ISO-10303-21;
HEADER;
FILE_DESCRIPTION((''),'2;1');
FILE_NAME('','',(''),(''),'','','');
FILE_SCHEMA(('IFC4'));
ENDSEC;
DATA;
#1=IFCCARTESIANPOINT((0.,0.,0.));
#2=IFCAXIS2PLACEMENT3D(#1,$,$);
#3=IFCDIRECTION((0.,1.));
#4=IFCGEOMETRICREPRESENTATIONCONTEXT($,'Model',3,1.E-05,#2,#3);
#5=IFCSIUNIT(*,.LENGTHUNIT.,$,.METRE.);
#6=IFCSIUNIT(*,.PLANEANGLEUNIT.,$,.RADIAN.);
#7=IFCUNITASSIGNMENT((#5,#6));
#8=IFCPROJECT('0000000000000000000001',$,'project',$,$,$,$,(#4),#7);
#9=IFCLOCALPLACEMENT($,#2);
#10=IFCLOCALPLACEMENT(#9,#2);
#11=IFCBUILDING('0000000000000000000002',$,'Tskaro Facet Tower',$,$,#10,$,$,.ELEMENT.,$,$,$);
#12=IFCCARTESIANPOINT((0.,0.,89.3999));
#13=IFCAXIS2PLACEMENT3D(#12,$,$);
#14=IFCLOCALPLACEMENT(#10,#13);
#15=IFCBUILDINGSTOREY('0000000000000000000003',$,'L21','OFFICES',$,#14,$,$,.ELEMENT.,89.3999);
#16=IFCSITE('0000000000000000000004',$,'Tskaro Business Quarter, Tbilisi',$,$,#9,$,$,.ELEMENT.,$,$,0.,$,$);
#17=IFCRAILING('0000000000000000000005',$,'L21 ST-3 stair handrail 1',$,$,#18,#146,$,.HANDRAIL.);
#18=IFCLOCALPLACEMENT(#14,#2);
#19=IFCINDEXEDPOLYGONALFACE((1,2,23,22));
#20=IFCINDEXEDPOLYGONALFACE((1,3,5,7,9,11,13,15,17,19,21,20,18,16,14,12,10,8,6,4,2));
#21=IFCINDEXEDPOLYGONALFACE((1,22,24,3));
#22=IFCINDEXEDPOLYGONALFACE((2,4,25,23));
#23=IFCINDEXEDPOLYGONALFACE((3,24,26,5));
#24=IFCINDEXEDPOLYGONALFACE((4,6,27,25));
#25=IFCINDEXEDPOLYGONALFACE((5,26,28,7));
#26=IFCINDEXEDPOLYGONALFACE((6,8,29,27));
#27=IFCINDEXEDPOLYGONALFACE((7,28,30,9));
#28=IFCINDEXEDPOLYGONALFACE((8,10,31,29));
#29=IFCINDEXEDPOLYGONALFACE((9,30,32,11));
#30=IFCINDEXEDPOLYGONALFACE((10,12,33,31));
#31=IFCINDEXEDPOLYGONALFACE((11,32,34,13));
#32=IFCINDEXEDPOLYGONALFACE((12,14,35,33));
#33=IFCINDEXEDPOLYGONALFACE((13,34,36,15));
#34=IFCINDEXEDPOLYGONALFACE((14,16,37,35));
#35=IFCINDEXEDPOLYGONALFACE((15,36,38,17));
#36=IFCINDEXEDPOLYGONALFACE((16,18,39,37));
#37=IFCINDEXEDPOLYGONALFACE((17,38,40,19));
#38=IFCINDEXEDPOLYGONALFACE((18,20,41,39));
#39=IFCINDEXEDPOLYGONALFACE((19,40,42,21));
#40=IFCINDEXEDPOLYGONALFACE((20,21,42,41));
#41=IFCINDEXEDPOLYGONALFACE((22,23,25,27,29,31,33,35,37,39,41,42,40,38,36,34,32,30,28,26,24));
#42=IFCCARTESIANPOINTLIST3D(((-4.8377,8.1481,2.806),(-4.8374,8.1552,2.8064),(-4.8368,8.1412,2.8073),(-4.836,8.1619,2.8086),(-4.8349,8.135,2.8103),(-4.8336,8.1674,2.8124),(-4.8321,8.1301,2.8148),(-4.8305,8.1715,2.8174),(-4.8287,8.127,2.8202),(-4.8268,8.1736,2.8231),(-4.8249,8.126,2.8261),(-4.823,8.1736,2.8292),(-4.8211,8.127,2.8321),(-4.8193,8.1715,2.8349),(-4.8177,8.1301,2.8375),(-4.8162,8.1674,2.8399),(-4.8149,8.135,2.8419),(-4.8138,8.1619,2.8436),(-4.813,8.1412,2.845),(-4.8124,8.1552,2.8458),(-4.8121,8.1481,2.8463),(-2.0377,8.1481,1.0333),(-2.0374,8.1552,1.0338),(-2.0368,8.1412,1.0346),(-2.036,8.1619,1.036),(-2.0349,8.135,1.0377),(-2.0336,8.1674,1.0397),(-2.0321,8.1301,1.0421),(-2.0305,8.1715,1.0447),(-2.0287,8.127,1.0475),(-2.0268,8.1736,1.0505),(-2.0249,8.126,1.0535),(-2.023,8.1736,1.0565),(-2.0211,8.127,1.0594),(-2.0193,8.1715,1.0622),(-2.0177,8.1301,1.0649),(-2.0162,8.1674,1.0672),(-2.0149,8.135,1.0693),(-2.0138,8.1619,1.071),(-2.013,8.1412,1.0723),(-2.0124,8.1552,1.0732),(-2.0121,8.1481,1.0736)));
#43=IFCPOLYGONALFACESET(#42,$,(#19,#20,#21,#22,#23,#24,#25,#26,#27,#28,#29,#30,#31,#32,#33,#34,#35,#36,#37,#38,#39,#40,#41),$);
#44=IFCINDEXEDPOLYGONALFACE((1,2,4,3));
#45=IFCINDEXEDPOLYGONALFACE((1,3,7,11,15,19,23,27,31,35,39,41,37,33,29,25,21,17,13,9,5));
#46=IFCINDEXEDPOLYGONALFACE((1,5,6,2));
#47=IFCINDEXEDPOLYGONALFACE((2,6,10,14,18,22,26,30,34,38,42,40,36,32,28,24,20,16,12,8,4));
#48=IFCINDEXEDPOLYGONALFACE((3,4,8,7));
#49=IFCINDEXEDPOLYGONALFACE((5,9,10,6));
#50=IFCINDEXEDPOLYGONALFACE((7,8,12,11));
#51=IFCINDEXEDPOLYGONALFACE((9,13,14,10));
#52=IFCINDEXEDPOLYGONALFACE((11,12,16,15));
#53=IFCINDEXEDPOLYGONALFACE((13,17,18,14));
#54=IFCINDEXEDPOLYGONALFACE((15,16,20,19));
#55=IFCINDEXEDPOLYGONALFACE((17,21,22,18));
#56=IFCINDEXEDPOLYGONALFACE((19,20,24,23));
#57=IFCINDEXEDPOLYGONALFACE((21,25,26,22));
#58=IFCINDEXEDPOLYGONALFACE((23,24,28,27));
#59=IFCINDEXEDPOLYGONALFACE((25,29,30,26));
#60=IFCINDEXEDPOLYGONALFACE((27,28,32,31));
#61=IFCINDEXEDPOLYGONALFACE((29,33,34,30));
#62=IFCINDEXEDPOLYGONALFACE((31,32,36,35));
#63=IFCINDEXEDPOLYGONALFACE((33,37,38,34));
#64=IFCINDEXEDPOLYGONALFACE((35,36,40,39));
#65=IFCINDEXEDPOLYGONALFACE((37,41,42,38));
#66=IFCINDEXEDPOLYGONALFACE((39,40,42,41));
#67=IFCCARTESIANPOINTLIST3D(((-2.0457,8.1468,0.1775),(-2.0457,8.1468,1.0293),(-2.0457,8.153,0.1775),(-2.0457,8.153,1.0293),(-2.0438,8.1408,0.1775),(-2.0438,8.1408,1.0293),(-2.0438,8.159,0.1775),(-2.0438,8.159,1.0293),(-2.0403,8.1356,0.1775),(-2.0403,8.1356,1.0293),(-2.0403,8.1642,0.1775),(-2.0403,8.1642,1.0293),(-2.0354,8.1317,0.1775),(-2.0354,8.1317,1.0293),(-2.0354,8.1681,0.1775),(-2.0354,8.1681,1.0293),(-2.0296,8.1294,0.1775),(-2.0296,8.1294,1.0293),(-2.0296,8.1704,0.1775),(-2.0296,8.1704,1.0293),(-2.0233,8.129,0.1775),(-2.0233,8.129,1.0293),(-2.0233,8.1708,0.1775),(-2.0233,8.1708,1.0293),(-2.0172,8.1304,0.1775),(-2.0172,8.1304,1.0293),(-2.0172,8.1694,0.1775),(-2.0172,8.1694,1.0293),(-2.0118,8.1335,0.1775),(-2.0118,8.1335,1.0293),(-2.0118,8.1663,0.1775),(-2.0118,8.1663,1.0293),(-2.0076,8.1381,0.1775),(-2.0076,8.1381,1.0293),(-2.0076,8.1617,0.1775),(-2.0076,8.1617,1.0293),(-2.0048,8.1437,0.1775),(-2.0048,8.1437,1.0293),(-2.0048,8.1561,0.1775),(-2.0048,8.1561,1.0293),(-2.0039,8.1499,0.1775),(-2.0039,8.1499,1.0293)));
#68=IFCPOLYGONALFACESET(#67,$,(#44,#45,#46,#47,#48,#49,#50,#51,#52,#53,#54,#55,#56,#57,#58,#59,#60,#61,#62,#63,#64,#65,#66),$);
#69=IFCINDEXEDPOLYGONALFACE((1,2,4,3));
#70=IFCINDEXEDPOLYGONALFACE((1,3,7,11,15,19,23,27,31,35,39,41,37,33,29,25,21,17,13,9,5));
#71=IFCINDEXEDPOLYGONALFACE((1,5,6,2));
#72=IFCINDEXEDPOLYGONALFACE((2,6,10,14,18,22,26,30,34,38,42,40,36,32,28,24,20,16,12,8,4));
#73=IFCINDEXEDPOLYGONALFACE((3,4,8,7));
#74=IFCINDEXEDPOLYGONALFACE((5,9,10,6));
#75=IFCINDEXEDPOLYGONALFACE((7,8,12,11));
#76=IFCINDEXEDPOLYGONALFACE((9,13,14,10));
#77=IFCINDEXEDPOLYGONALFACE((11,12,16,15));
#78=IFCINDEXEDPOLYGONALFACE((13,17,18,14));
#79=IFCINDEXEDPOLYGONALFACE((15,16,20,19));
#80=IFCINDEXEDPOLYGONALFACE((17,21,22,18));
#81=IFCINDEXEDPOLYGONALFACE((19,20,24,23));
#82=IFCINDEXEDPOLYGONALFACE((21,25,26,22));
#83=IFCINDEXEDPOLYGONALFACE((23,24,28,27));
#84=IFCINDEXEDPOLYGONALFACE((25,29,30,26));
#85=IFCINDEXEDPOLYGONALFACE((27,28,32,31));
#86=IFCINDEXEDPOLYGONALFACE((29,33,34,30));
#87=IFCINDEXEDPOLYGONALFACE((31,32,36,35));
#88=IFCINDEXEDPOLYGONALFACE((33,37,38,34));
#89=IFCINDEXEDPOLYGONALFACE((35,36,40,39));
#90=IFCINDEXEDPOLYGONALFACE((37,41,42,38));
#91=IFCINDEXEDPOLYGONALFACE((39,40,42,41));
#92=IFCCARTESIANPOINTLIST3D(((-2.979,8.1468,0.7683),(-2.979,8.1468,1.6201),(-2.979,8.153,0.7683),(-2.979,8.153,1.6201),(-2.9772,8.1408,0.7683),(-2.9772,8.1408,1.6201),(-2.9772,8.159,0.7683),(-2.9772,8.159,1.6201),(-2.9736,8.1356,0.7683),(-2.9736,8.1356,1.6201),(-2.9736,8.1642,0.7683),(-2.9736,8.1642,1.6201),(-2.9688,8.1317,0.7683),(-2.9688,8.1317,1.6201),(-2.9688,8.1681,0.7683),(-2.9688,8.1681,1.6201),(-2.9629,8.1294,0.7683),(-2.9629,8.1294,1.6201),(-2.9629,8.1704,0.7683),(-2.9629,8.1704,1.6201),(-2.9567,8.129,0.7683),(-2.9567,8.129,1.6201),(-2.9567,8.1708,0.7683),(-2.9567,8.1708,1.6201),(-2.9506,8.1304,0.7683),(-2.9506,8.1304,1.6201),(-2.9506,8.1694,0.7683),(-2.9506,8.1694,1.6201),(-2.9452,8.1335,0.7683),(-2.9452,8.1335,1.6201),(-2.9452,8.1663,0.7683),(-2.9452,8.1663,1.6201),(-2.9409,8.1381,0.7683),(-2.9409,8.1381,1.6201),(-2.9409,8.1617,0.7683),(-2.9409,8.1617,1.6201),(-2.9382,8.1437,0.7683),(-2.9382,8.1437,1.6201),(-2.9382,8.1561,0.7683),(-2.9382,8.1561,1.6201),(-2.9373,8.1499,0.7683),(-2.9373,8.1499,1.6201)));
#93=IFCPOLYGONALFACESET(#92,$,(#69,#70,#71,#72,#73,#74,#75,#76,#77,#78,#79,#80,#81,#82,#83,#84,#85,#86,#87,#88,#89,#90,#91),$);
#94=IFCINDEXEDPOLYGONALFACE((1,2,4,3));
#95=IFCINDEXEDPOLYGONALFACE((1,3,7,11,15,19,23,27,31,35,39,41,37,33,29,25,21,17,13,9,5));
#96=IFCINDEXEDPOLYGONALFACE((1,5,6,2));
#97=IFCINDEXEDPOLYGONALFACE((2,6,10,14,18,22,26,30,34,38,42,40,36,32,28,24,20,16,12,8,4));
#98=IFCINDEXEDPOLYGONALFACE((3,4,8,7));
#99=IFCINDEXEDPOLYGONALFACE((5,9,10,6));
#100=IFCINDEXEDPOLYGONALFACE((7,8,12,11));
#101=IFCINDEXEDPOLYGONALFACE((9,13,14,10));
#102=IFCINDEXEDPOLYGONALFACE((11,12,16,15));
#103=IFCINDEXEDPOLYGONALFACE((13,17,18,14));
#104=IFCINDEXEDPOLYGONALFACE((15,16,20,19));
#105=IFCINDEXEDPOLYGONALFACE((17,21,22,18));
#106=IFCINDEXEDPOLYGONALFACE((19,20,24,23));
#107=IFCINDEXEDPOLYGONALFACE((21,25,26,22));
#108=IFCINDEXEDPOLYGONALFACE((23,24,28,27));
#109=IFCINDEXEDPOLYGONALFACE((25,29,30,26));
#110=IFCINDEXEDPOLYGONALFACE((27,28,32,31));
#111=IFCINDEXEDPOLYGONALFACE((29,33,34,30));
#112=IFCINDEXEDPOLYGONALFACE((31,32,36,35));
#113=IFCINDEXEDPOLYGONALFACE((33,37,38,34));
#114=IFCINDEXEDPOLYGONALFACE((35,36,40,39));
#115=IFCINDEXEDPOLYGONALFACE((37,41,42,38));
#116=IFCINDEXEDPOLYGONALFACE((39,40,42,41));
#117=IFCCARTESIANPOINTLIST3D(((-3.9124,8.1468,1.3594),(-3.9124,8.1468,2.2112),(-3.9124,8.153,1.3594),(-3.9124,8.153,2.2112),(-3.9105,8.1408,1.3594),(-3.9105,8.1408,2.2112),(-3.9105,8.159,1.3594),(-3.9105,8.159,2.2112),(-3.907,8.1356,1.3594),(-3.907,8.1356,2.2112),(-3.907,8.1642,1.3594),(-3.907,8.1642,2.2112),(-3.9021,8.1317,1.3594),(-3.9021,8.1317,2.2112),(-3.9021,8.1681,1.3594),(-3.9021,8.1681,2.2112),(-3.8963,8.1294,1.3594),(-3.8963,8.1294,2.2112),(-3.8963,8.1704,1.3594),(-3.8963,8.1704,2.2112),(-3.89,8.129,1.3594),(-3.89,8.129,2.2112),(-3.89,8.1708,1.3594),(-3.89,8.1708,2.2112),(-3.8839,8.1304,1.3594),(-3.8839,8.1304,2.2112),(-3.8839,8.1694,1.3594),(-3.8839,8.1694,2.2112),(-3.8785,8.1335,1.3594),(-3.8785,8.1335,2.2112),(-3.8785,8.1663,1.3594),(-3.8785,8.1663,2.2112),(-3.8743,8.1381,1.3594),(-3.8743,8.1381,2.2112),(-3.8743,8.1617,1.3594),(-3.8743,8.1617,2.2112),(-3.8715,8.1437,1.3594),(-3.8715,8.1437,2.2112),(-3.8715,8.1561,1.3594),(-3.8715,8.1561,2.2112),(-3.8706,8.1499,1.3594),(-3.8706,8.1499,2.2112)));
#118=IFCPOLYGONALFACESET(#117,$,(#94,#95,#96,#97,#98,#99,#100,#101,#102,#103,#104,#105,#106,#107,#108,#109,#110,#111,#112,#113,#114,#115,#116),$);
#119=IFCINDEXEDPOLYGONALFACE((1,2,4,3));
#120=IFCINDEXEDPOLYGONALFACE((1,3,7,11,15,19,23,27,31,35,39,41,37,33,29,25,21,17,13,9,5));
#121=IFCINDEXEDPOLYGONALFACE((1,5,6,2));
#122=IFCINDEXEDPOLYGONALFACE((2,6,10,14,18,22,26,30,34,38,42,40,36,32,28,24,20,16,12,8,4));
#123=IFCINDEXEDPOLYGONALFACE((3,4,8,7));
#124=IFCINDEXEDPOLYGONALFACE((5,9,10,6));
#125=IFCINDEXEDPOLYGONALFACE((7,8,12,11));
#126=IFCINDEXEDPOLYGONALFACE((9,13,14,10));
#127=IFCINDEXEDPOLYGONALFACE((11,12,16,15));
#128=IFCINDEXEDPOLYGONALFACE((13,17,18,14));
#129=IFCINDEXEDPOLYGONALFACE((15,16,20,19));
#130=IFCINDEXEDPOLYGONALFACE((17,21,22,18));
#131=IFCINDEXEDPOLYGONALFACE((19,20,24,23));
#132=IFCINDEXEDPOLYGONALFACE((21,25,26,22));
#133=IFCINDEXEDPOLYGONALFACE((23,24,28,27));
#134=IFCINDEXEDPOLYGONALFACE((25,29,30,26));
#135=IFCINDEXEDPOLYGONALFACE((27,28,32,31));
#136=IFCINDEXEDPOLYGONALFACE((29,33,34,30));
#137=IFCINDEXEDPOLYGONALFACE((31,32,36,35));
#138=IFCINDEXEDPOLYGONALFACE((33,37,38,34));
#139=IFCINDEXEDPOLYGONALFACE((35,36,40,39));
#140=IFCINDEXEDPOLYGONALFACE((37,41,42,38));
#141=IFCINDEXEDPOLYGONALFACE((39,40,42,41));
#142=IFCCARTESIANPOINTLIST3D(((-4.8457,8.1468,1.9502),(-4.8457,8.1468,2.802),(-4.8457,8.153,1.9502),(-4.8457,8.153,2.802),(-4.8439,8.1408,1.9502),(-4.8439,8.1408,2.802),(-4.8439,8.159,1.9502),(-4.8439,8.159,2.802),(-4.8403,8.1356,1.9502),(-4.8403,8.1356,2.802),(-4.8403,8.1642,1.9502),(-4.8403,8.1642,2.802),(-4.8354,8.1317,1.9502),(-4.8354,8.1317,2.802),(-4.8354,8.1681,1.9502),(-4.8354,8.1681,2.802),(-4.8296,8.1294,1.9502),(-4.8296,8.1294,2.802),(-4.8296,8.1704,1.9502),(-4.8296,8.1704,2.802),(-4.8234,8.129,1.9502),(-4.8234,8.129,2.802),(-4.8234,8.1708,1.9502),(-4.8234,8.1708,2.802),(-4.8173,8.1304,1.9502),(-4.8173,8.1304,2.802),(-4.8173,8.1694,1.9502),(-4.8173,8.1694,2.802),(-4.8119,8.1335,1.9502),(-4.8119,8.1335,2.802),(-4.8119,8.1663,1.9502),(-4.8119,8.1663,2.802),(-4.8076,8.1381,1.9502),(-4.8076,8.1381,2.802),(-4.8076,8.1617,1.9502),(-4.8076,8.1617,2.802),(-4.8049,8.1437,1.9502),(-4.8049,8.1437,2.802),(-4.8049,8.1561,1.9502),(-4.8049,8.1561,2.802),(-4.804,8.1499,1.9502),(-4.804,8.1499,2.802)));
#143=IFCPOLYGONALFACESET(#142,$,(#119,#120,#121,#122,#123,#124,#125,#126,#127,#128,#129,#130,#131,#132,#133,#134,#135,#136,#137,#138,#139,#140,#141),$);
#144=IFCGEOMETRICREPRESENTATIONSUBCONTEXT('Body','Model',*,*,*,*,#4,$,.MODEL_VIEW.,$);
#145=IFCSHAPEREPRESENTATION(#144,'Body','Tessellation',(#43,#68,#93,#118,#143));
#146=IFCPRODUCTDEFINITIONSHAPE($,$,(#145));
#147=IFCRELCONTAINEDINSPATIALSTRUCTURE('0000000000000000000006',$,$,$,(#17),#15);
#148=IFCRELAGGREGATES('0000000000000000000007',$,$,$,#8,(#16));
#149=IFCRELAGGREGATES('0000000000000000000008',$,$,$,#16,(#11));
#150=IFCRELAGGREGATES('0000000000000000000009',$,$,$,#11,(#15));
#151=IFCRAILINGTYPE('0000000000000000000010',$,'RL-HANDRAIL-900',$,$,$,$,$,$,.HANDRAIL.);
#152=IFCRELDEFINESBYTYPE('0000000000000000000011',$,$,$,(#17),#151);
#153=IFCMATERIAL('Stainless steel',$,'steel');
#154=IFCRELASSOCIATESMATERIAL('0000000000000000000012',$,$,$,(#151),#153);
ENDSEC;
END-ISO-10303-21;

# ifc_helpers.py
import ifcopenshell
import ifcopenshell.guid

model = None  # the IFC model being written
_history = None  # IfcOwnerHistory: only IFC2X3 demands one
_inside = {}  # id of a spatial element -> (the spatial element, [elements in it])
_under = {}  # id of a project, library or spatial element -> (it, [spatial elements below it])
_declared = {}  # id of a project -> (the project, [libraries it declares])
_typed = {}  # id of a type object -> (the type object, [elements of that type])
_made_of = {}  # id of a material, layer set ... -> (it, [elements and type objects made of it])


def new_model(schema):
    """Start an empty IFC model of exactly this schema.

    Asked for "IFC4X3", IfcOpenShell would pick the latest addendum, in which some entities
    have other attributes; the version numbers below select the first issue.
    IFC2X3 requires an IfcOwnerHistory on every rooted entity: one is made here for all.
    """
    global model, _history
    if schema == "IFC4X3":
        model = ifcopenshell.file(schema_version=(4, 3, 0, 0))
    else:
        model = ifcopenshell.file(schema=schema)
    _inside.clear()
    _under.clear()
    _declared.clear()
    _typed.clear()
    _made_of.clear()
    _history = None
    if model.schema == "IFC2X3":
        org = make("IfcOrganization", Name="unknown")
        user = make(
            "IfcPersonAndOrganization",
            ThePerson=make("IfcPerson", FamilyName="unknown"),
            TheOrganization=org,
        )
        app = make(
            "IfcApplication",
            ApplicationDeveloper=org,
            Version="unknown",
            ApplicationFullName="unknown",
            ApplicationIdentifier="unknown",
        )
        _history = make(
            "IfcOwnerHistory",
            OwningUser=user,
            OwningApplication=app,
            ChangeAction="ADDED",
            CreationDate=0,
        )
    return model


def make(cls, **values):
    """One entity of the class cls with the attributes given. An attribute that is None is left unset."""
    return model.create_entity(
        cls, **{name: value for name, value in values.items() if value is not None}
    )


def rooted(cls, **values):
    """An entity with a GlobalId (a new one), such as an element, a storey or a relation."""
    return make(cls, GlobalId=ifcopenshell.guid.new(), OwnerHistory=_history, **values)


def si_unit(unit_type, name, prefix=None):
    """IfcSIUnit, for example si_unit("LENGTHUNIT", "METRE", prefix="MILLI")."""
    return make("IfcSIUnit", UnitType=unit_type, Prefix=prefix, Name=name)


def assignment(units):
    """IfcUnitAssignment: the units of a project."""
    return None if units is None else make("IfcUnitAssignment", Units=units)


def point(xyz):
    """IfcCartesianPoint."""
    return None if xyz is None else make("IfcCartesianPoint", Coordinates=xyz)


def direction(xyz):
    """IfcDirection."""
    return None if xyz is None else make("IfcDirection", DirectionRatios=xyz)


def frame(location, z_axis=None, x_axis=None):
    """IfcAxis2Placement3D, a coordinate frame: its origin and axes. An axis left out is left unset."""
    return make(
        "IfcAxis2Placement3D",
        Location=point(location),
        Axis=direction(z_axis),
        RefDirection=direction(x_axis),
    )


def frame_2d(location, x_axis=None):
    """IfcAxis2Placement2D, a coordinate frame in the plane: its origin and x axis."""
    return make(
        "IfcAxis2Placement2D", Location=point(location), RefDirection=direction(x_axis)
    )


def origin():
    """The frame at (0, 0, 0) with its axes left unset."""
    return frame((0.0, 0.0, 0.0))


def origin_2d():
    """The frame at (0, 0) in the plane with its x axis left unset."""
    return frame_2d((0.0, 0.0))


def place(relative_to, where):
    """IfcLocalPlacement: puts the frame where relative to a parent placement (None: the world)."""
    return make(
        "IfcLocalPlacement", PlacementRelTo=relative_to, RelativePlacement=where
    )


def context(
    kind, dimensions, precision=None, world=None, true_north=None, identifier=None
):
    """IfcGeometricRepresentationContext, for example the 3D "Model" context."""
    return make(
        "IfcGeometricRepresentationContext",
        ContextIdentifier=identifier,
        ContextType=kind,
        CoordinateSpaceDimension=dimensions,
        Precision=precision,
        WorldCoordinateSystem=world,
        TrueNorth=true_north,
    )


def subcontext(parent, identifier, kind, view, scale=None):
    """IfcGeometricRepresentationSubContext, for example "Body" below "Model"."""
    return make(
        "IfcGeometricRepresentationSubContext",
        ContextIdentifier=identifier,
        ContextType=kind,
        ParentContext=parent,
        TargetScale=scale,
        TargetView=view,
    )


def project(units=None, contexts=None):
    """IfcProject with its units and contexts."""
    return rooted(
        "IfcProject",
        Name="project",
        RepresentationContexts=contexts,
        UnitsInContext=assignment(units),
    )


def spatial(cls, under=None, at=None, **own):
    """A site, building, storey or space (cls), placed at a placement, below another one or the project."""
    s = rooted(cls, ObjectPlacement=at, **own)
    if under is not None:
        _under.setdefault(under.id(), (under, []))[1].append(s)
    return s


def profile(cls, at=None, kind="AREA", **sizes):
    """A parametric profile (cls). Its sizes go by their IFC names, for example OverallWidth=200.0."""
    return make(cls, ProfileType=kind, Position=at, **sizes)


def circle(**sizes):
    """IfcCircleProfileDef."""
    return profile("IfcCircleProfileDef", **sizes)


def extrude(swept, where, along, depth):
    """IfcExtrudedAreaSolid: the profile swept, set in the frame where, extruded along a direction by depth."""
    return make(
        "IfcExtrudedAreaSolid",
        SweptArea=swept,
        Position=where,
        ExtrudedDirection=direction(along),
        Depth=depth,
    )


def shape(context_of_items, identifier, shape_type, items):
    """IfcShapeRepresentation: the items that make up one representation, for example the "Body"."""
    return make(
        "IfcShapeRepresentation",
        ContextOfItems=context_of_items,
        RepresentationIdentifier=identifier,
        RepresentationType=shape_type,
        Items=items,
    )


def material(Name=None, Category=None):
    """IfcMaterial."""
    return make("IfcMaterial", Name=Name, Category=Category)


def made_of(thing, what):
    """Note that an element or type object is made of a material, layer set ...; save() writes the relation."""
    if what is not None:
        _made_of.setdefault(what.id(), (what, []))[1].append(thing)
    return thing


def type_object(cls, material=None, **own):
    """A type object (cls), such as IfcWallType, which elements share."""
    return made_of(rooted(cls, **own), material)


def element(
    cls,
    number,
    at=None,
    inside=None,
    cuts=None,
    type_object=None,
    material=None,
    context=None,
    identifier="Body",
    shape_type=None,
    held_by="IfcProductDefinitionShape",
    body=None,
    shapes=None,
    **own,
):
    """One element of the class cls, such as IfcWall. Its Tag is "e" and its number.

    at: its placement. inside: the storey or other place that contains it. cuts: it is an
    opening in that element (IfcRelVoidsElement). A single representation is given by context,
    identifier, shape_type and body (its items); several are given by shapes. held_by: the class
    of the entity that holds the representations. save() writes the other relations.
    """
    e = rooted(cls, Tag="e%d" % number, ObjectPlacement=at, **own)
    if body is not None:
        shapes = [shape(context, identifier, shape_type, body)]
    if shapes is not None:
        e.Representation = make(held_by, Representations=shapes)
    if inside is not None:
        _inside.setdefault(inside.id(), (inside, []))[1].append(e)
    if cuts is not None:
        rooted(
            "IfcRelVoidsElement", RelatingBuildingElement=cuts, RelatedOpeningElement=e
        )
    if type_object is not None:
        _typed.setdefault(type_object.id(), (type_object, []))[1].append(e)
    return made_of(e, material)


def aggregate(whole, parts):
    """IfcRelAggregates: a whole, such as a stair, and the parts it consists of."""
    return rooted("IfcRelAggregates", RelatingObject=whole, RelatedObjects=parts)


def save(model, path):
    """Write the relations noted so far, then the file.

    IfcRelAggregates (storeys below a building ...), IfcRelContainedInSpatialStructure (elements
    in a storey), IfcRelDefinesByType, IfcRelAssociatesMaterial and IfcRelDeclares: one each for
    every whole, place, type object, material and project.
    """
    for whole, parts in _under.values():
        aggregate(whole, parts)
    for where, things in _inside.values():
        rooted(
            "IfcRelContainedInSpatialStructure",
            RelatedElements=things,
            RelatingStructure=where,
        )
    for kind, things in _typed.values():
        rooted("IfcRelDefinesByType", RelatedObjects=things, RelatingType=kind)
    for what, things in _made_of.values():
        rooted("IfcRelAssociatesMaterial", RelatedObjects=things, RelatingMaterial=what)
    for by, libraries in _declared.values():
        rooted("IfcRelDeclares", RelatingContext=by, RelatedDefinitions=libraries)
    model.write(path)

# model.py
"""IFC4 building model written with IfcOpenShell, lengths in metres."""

from ifc_helpers import new_model, si_unit, direction, frame, origin, origin_2d, place, context, subcontext, project, spatial, circle, extrude, material, type_object, element, save


model = new_model("IFC4")

# Units and contexts
model_context = context("Model", 3, precision=1e-05, world=origin(), true_north=direction((0.0, 1.0)))
body_context = subcontext(model_context, "Body", "Model", "MODEL_VIEW")
ifc_project = project(units=[si_unit("LENGTHUNIT", "METRE"), si_unit("PLANEANGLEUNIT", "RADIAN")], contexts=[model_context])

# Site, building, storey
site_placement = place(None, origin())
site = spatial("IfcSite", under=ifc_project, at=site_placement, Name="Tskaro Business Quarter, Tbilisi", CompositionType="ELEMENT", RefElevation=0.0)
building_placement = place(site_placement, origin())
building = spatial("IfcBuilding", under=site, at=building_placement, Name="Tskaro Facet Tower", CompositionType="ELEMENT")
storey_placement = place(building_placement, frame((0.0, 0.0, 89.3999)))
storey = spatial("IfcBuildingStorey", under=building, at=storey_placement, Name="L21", Description="OFFICES", CompositionType="ELEMENT", Elevation=89.3999)

# Railing
ifc_material_1 = material(Name="Stainless steel", Category="steel")
railing_type_1 = type_object("IfcRailingType", Name="RL-HANDRAIL-900", PredefinedType="HANDRAIL", material=ifc_material_1)
railing_1_placement = place(storey_placement, frame((-2.0249, 8.1499, 0.1775)))
element("IfcRailing", 1, at=railing_1_placement, inside=storey, type_object=railing_type_1, Name="L21 ST-3 stair handrail 1", PredefinedType="HANDRAIL", context=body_context, shape_type="SweptSolid", body=[
    extrude(circle(Radius=0.0239, at=origin_2d()), frame((0.0, 0.0, 0.876), z_axis=(-0.844909, 0.0, 0.53491), x_axis=(0.0, -1.0, 0.0)), (0.0, 0.0, 1.0), 3.314),
    extrude(circle(Radius=0.021, at=origin_2d()), origin(), (0.0, 0.0, 1.0), 0.8518),
    extrude(circle(Radius=0.021, at=origin_2d()), frame((-0.9333, 0.0, 0.5908)), (0.0, 0.0, 1.0), 0.8518),
    extrude(circle(Radius=0.021, at=origin_2d()), frame((-1.8667, 0.0, 1.1819)), (0.0, 0.0, 1.0), 0.8518),
    extrude(circle(Radius=0.021, at=origin_2d()), frame((-2.8, 0.0, 1.7727)), (0.0, 0.0, 1.0), 0.8518),
])

save(model, "model.ifc")
